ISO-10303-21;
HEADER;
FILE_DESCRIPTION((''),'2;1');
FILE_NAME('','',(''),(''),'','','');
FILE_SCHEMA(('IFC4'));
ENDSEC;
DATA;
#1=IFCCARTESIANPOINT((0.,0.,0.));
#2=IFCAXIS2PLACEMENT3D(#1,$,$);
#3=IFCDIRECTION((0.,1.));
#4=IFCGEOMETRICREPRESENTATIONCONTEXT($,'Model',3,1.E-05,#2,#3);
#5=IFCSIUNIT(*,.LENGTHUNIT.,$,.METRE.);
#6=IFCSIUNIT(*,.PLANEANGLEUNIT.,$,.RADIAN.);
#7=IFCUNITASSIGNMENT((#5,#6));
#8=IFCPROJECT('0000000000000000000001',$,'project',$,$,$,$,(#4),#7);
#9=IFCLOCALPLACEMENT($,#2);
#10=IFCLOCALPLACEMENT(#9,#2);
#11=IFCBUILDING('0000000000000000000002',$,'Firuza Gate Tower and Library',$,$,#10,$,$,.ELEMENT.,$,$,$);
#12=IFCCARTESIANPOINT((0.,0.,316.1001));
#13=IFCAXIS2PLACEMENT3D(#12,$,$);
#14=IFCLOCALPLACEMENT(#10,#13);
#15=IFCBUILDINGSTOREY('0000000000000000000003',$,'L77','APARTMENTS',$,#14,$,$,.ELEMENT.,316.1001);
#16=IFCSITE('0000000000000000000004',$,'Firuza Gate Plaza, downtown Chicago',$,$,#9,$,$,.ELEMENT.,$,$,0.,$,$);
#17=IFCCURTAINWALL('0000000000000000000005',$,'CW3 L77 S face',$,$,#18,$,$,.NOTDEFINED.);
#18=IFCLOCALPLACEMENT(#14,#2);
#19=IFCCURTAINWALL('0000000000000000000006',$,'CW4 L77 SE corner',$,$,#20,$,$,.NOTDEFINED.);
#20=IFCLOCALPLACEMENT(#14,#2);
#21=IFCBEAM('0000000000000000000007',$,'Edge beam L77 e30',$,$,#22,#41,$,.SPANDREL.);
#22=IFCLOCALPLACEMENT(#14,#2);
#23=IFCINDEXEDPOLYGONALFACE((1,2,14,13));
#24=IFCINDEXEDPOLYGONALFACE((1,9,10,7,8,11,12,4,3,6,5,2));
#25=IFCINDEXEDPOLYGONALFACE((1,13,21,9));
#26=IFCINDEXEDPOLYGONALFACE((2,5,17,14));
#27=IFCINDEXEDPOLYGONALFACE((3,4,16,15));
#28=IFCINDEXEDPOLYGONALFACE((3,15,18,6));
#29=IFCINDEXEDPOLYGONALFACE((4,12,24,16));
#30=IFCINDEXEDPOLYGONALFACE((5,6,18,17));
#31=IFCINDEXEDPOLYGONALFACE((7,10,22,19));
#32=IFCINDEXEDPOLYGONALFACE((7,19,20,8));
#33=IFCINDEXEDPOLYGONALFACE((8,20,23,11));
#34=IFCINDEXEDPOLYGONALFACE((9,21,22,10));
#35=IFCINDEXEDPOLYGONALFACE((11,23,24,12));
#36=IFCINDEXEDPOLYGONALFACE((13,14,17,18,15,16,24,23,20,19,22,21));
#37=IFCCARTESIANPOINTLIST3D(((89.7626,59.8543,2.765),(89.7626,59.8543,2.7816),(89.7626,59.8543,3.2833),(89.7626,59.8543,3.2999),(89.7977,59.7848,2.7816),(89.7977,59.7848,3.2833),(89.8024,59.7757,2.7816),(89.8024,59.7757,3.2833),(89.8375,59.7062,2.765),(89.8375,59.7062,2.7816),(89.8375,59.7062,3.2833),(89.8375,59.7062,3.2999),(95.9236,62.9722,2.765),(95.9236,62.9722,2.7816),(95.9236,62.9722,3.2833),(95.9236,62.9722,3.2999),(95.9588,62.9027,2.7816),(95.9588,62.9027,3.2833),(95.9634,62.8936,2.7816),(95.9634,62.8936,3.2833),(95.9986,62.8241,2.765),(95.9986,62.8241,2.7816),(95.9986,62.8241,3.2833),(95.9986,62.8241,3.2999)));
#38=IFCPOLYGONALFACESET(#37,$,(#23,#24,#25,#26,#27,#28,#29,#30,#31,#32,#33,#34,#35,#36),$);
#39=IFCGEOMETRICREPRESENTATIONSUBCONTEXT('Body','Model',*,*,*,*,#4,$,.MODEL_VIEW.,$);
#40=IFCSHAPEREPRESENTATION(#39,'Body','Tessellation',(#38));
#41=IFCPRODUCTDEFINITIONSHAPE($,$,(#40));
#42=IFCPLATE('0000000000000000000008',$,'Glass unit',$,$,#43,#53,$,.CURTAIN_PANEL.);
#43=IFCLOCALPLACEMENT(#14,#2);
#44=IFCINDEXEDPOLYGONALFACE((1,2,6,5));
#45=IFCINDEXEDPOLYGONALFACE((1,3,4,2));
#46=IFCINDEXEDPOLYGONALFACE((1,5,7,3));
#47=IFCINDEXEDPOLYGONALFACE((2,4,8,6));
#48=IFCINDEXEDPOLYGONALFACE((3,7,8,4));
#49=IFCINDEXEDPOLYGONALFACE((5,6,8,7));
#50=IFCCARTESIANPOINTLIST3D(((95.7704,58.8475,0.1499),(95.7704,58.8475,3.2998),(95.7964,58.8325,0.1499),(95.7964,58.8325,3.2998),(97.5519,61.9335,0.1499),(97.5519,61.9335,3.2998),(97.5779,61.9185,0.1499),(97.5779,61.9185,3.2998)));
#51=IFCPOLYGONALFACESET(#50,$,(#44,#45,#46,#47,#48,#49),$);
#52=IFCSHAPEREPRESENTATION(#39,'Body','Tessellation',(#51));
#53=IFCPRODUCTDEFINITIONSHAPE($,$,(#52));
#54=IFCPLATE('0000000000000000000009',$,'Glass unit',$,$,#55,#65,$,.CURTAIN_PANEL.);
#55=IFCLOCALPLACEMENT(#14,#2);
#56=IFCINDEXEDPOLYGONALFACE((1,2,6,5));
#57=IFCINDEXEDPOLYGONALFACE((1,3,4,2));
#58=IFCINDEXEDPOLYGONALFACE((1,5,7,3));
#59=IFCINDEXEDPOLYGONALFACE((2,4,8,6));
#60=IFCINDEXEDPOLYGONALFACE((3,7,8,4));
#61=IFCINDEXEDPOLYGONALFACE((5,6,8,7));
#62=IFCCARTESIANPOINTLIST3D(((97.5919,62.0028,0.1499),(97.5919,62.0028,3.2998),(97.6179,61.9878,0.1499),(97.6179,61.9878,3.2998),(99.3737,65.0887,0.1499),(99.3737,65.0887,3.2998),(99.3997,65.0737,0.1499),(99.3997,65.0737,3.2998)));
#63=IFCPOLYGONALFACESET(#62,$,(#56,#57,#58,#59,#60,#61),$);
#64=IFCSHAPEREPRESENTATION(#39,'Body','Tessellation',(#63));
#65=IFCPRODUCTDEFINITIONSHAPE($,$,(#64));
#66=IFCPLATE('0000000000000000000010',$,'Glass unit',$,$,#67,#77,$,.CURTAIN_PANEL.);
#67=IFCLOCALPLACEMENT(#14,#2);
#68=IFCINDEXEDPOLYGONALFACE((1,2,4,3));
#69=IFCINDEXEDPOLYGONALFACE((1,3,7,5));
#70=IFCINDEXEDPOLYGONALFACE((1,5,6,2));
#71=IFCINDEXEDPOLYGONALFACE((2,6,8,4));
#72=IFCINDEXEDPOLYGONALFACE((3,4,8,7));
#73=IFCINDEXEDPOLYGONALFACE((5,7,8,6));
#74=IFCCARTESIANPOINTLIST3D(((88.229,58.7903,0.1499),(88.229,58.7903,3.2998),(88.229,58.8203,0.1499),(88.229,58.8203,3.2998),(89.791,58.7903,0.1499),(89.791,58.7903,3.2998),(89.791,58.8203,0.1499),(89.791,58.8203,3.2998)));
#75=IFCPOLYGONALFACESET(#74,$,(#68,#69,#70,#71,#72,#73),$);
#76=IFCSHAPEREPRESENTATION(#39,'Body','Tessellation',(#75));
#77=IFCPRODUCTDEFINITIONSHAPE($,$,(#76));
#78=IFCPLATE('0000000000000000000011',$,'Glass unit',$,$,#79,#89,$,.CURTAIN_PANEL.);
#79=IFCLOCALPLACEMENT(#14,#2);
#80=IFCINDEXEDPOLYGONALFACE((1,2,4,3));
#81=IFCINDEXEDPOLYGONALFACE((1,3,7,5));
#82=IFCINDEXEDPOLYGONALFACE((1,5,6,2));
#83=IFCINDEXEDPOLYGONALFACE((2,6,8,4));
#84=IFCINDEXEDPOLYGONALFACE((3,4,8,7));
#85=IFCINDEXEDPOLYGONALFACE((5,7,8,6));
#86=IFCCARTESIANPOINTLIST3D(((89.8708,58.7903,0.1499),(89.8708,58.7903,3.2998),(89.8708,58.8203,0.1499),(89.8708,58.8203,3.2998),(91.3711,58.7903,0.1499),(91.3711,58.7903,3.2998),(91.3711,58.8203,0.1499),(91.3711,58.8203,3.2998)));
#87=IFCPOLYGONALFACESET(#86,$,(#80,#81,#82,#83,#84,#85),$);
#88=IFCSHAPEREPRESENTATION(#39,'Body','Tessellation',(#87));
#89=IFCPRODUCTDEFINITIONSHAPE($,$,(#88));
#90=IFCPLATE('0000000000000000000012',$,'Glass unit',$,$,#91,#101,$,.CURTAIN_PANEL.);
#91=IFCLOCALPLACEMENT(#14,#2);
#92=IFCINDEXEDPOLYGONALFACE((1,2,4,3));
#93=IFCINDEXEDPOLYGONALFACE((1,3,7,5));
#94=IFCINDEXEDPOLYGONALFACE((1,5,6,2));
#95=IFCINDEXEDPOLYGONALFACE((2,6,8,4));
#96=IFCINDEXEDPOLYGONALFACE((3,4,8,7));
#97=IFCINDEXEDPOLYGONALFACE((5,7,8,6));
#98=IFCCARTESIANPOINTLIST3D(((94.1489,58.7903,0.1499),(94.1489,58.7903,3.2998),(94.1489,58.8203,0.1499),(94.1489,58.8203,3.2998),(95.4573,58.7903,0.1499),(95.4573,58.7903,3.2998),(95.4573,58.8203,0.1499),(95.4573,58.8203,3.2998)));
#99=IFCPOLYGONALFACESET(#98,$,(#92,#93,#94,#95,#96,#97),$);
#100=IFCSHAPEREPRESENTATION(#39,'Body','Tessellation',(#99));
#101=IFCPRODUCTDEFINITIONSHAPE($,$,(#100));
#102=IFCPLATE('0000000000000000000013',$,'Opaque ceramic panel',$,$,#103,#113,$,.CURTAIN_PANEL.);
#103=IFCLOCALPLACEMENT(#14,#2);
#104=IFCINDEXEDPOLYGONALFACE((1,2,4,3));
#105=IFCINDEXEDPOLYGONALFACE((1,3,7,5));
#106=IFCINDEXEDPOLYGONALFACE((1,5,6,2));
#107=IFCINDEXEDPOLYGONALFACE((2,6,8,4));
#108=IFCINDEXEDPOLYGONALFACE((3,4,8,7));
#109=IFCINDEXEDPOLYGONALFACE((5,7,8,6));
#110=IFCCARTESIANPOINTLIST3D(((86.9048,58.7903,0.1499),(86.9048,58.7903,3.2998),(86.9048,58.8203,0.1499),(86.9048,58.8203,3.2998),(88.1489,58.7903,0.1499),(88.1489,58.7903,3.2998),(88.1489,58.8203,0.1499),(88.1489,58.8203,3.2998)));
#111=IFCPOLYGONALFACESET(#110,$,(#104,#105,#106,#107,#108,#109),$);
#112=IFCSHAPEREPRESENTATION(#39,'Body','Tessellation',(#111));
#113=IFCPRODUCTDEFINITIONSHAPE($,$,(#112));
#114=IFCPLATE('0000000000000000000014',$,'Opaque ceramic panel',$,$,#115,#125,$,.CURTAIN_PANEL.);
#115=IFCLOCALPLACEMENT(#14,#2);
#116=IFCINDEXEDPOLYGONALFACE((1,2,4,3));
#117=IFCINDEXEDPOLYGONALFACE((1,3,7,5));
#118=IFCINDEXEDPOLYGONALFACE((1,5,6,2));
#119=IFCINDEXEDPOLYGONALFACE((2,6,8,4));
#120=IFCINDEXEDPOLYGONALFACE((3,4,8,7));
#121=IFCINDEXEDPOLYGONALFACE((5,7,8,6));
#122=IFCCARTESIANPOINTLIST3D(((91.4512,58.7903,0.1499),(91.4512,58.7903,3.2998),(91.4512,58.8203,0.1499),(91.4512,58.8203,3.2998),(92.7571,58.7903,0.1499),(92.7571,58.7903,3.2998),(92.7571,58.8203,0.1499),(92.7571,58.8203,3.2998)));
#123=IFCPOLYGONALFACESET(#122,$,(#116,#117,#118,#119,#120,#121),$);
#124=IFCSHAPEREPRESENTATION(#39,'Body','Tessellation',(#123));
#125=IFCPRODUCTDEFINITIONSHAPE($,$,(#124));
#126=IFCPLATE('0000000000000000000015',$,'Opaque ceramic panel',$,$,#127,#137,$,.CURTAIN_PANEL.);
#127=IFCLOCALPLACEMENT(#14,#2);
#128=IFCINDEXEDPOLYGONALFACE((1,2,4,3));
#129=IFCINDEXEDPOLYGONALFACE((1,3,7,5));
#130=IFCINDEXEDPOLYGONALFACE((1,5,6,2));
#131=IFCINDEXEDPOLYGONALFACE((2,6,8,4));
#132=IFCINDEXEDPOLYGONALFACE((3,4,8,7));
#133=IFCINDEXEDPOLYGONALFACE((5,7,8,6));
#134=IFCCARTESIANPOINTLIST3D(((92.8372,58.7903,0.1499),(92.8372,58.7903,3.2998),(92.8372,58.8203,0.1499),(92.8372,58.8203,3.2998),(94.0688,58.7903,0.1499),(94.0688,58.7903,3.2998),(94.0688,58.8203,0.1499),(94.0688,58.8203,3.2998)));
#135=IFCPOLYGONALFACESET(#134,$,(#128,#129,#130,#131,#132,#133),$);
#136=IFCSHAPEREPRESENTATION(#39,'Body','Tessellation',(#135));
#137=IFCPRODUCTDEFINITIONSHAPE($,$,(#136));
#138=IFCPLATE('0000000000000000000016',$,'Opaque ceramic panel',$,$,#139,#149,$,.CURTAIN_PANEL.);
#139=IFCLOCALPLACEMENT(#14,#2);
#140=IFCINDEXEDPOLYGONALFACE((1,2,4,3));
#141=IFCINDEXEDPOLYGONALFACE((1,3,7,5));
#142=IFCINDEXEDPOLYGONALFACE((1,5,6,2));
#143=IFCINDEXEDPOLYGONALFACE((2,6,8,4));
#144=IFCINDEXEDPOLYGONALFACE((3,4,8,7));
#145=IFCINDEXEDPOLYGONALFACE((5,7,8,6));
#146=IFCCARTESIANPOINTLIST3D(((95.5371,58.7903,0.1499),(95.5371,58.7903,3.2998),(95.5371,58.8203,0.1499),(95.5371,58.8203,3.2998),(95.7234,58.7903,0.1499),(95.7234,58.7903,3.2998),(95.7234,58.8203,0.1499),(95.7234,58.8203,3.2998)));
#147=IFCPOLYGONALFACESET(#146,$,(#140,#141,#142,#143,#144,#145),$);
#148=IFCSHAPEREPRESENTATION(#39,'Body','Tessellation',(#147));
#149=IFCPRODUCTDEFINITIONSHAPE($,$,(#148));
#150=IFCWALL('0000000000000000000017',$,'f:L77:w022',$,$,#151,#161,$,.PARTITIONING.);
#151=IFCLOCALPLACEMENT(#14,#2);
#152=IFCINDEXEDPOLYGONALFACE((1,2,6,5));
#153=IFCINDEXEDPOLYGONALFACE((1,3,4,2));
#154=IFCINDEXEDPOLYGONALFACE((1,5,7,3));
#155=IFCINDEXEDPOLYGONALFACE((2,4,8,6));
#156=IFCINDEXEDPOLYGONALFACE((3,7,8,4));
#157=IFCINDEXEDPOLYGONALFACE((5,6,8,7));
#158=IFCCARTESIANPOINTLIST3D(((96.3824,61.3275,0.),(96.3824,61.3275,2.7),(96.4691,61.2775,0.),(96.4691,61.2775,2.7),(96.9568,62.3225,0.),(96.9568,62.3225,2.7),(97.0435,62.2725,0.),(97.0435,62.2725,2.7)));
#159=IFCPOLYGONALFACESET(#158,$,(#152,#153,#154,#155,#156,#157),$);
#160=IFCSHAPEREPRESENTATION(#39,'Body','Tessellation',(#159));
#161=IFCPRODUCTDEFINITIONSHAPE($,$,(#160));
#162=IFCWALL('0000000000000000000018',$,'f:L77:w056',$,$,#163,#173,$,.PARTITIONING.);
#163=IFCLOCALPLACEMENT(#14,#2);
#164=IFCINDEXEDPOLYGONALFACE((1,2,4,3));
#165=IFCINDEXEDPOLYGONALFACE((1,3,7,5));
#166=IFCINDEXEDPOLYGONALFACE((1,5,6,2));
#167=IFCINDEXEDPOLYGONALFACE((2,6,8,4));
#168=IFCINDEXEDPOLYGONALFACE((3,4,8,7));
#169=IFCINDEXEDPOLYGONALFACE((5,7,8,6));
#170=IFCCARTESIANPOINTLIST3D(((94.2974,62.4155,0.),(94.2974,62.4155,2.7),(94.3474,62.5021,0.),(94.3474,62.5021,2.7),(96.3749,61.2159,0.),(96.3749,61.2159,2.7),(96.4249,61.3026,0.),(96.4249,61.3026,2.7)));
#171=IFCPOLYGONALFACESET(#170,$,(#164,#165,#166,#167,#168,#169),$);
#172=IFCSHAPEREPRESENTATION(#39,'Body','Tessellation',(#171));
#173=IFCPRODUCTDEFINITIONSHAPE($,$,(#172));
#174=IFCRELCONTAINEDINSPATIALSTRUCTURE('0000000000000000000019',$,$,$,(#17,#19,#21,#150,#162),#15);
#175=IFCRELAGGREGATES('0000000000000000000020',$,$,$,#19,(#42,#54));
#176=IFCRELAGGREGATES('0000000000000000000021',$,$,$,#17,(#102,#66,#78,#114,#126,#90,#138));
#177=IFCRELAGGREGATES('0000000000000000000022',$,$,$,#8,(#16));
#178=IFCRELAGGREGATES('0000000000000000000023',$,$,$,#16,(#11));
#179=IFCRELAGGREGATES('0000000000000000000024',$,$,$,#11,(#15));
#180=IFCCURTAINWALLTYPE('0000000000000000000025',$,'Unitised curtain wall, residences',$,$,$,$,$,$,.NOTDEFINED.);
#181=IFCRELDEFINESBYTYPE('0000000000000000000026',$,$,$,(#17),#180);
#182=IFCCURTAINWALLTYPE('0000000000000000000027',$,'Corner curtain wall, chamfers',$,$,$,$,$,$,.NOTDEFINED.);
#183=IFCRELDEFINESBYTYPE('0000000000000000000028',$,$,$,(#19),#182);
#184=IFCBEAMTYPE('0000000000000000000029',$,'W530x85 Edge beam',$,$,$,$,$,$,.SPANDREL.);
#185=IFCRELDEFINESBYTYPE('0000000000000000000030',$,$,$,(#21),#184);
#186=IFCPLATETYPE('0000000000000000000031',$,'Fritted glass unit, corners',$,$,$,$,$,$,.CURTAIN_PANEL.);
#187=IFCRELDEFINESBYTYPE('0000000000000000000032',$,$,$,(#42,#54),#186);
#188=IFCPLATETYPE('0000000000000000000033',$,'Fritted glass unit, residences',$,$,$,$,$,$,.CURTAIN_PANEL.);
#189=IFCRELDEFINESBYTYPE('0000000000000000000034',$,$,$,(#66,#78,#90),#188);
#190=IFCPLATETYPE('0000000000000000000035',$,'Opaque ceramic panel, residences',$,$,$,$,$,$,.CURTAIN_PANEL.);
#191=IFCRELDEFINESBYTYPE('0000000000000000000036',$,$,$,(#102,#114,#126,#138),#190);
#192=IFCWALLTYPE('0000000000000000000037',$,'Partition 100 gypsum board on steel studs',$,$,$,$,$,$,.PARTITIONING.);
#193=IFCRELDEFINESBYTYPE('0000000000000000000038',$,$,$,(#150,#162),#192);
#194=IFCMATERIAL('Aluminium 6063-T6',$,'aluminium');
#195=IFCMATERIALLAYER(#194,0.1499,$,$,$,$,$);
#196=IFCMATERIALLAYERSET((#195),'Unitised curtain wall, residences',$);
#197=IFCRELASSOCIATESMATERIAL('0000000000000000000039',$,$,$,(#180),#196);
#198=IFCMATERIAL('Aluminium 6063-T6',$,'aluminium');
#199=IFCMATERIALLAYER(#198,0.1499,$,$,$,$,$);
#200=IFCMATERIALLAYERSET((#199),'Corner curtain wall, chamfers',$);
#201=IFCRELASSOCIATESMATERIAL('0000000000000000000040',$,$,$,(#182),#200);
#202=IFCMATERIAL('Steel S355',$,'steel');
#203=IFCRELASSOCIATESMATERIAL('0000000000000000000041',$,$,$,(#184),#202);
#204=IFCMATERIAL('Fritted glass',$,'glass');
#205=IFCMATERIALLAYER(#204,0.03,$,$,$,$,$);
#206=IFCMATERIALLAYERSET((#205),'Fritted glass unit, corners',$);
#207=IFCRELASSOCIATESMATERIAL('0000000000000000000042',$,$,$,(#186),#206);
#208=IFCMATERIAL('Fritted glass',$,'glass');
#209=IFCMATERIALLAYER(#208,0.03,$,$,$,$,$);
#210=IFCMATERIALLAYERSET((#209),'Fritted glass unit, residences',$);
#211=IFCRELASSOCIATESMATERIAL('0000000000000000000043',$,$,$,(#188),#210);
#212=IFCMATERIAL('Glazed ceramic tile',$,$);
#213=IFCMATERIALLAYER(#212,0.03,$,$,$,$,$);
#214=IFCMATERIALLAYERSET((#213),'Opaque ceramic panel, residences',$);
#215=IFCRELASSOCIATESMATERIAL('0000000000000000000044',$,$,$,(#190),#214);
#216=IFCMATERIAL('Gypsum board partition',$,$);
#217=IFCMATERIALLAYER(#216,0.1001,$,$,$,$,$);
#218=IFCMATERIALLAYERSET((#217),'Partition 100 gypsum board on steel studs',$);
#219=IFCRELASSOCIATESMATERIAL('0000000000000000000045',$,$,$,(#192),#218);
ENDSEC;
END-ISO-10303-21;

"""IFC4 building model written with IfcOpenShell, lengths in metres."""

from ifc_helpers import new_model, si_unit, direction, frame, frame_2d, origin, origin_2d, place, context, subcontext, project, spatial, polyline, rectangle, i_section, outline, extrude, material, layer, layer_set, material_profile, profile_set, type_object, element, aggregate, save


model = new_model("IFC4")

# Units and contexts
model_context = context("Model", 3, precision=1e-05, world=origin(), true_north=direction((0.0, 1.0)))
body_context = subcontext(model_context, "Body", "Model", "MODEL_VIEW")
ifc_project = project(units=[si_unit("LENGTHUNIT", "METRE"), si_unit("PLANEANGLEUNIT", "RADIAN")], contexts=[model_context])

# Site, building, storey
site_placement = place(None, origin())
site = spatial("IfcSite", under=ifc_project, at=site_placement, Name="Firuza Gate Plaza, downtown Chicago", CompositionType="ELEMENT", RefElevation=0.0)
building_placement = place(site_placement, origin())
building = spatial("IfcBuilding", under=site, at=building_placement, Name="Firuza Gate Tower and Library", CompositionType="ELEMENT")
storey_placement = place(building_placement, frame((0.0, 0.0, 316.1001)))
storey = spatial("IfcBuildingStorey", under=building, at=storey_placement, Name="L77", Description="APARTMENTS", CompositionType="ELEMENT", Elevation=316.1001)

# Curtain walls
ifc_material_1 = material(Name="Aluminium 6063-T6", Category="aluminium")
ifc_layer_1 = layer(ifc_material_1, 0.1499)
ifc_layer_set_1 = layer_set([ifc_layer_1], Name="Unitised curtain wall, residences")
curtain_wall_type_1 = type_object("IfcCurtainWallType", Name="Unitised curtain wall, residences", PredefinedType="NOTDEFINED", material=ifc_layer_set_1)
placement = place(storey_placement, origin())
curtain_wall_1 = element("IfcCurtainWall", 1, at=placement, inside=storey, type_object=curtain_wall_type_1, Name="CW3 L77 S face", PredefinedType="NOTDEFINED")
ifc_material_2 = material(Name="Aluminium 6063-T6", Category="aluminium")
ifc_layer_2 = layer(ifc_material_2, 0.1499)
ifc_layer_set_2 = layer_set([ifc_layer_2], Name="Corner curtain wall, chamfers")
curtain_wall_type_2 = type_object("IfcCurtainWallType", Name="Corner curtain wall, chamfers", PredefinedType="NOTDEFINED", material=ifc_layer_set_2)
curtain_wall_2 = element("IfcCurtainWall", 2, at=placement, inside=storey, type_object=curtain_wall_type_2, Name="CW4 L77 SE corner", PredefinedType="NOTDEFINED")

# Beam
ifc_material_3 = material(Name="Steel S355", Category="steel")
ifc_material_profile_1 = material_profile(ifc_material_3, i_section(OverallWidth=0.166, OverallDepth=0.5349, WebThickness=0.0103, FlangeThickness=0.0166, at=origin_2d()))
ifc_profile_set_1 = profile_set([ifc_material_profile_1], Name="Steel S355")
beam_type_1 = type_object("IfcBeamType", Name="W530x85 Edge beam", PredefinedType="SPANDREL", material=ifc_profile_set_1)
beam_1_placement = place(storey_placement, frame((89.8, 59.7803, 3.0325), z_axis=(0.892253, 0.451536, 0.0), x_axis=(-0.451536, 0.892253, 0.0)))
element("IfcBeam", 3, at=beam_1_placement, inside=storey, type_object=beam_type_1, Name="Edge beam L77 e30", PredefinedType="SPANDREL", context=body_context, shape_type="SweptSolid", body=[
    extrude(i_section(OverallWidth=0.166, OverallDepth=0.5349, WebThickness=0.0103, FlangeThickness=0.0166, at=origin_2d()), origin(), (0.0, 0.0, 1.0), 6.905),
])

# Plates
ifc_material_4 = material(Name="Fritted glass", Category="glass")
ifc_layer_3 = layer(ifc_material_4, 0.03)
ifc_layer_set_3 = layer_set([ifc_layer_3], Name="Fritted glass unit, corners")
plate_type_1 = type_object("IfcPlateType", Name="Fritted glass unit, corners", PredefinedType="CURTAIN_PANEL", material=ifc_layer_set_3)
plate_1_placement = place(storey_placement, frame((95.7964, 58.8325, 0.1499), z_axis=(0.866046, -0.499964, 0.0), x_axis=(0.499964, 0.866046, 0.0)))
plate_1 = element("IfcPlate", 4, at=plate_1_placement, type_object=plate_type_1, Name="Glass unit", PredefinedType="CURTAIN_PANEL", context=body_context, shape_type="SweptSolid", body=[
    extrude(outline(polyline([(0.0, 0.0), (3.5632, 0.0), (3.5632, 3.1499), (0.0, 3.1499), (0.0, 0.0)])), origin(), (0.0, 0.0, -1.0), 0.03),
])
plate_2_placement = place(storey_placement, frame((97.6179, 61.9878, 0.1499), z_axis=(0.866017, -0.500015, 0.0), x_axis=(0.500015, 0.866017, 0.0)))
plate_2 = element("IfcPlate", 5, at=plate_2_placement, type_object=plate_type_1, Name="Glass unit", PredefinedType="CURTAIN_PANEL", context=body_context, shape_type="SweptSolid", body=[
    extrude(outline(polyline([(0.0, 0.0), (3.5634, 0.0), (3.5634, 3.1499), (0.0, 3.1499), (0.0, 0.0)])), origin(), (0.0, 0.0, -1.0), 0.03),
])
aggregate(curtain_wall_2, [plate_1, plate_2])
ifc_material_5 = material(Name="Fritted glass", Category="glass")
ifc_layer_4 = layer(ifc_material_5, 0.03)
ifc_layer_set_4 = layer_set([ifc_layer_4], Name="Fritted glass unit, residences")
plate_type_2 = type_object("IfcPlateType", Name="Fritted glass unit, residences", PredefinedType="CURTAIN_PANEL", material=ifc_layer_set_4)
plate_3_placement = place(storey_placement, frame((88.229, 58.7903, 0.1499), z_axis=(0.0, -1.0, 0.0), x_axis=(1.0, 0.0, 0.0)))
plate_3 = element("IfcPlate", 6, at=plate_3_placement, type_object=plate_type_2, Name="Glass unit", PredefinedType="CURTAIN_PANEL", context=body_context, shape_type="SweptSolid", body=[
    extrude(outline(polyline([(0.0, 0.0), (1.562, 0.0), (1.562, 3.1499), (0.0, 3.1499), (0.0, 0.0)])), origin(), (0.0, 0.0, -1.0), 0.03),
])
plate_4_placement = place(storey_placement, frame((89.8708, 58.7903, 0.1499), z_axis=(0.0, -1.0, 0.0), x_axis=(1.0, 0.0, 0.0)))
plate_4 = element("IfcPlate", 7, at=plate_4_placement, type_object=plate_type_2, Name="Glass unit", PredefinedType="CURTAIN_PANEL", context=body_context, shape_type="SweptSolid", body=[
    extrude(outline(polyline([(0.0, 0.0), (1.5002, 0.0), (1.5002, 3.1499), (0.0, 3.1499), (0.0, 0.0)])), origin(), (0.0, 0.0, -1.0), 0.03),
])
plate_5_placement = place(storey_placement, frame((94.1489, 58.7903, 0.1499), z_axis=(0.0, -1.0, 0.0), x_axis=(1.0, 0.0, 0.0)))
plate_5 = element("IfcPlate", 8, at=plate_5_placement, type_object=plate_type_2, Name="Glass unit", PredefinedType="CURTAIN_PANEL", context=body_context, shape_type="SweptSolid", body=[
    extrude(outline(polyline([(0.0, 0.0), (1.3083, 0.0), (1.3083, 3.1499), (0.0, 3.1499), (0.0, 0.0)])), origin(), (0.0, 0.0, -1.0), 0.03),
])
ifc_material_6 = material(Name="Glazed ceramic tile")
ifc_layer_5 = layer(ifc_material_6, 0.03)
ifc_layer_set_5 = layer_set([ifc_layer_5], Name="Opaque ceramic panel, residences")
plate_type_3 = type_object("IfcPlateType", Name="Opaque ceramic panel, residences", PredefinedType="CURTAIN_PANEL", material=ifc_layer_set_5)
plate_6_placement = place(storey_placement, frame((86.9048, 58.7903, 0.1499), z_axis=(0.0, -1.0, 0.0), x_axis=(1.0, 0.0, 0.0)))
plate_6 = element("IfcPlate", 9, at=plate_6_placement, type_object=plate_type_3, Name="Opaque ceramic panel", PredefinedType="CURTAIN_PANEL", context=body_context, shape_type="SweptSolid", body=[
    extrude(outline(polyline([(0.0, 0.0), (1.2441, 0.0), (1.2441, 3.1499), (0.0, 3.1499), (0.0, 0.0)])), origin(), (0.0, 0.0, -1.0), 0.03),
])
plate_7_placement = place(storey_placement, frame((91.4512, 58.7903, 0.1499), z_axis=(0.0, -1.0, 0.0), x_axis=(1.0, 0.0, 0.0)))
plate_7 = element("IfcPlate", 10, at=plate_7_placement, type_object=plate_type_3, Name="Opaque ceramic panel", PredefinedType="CURTAIN_PANEL", context=body_context, shape_type="SweptSolid", body=[
    extrude(outline(polyline([(0.0, 0.0), (1.3059, 0.0), (1.3059, 3.1499), (0.0, 3.1499), (0.0, 0.0)])), origin(), (0.0, 0.0, -1.0), 0.03),
])
plate_8_placement = place(storey_placement, frame((92.8372, 58.7903, 0.1499), z_axis=(0.0, -1.0, 0.0), x_axis=(1.0, 0.0, 0.0)))
plate_8 = element("IfcPlate", 11, at=plate_8_placement, type_object=plate_type_3, Name="Opaque ceramic panel", PredefinedType="CURTAIN_PANEL", context=body_context, shape_type="SweptSolid", body=[
    extrude(outline(polyline([(0.0, 0.0), (1.2317, 0.0), (1.2317, 3.1499), (0.0, 3.1499), (0.0, 0.0)])), origin(), (0.0, 0.0, -1.0), 0.03),
])
plate_9_placement = place(storey_placement, frame((95.5371, 58.7903, 0.1499), z_axis=(0.0, -1.0, 0.0), x_axis=(1.0, 0.0, 0.0)))
plate_9 = element("IfcPlate", 12, at=plate_9_placement, type_object=plate_type_3, Name="Opaque ceramic panel", PredefinedType="CURTAIN_PANEL", context=body_context, shape_type="SweptSolid", body=[
    extrude(outline(polyline([(0.0, 0.0), (0.1863, 0.0), (0.1863, 3.1499), (0.0, 3.1499), (0.0, 0.0)])), origin(), (0.0, 0.0, -1.0), 0.03),
])
aggregate(curtain_wall_1, [plate_6, plate_3, plate_4, plate_7, plate_8, plate_5, plate_9])

# Walls
ifc_material_7 = material(Name="Gypsum board partition")
ifc_layer_6 = layer(ifc_material_7, 0.1001)
ifc_layer_set_6 = layer_set([ifc_layer_6], Name="Partition 100 gypsum board on steel studs")
wall_type_1 = type_object("IfcWallType", Name="Partition 100 gypsum board on steel studs", PredefinedType="PARTITIONING", material=ifc_layer_set_6)
wall_1_placement = place(storey_placement, frame((96.4258, 61.3025, 0.0), z_axis=(0.0, 0.0, 1.0), x_axis=(0.499955, 0.866051, 0.0)))
element("IfcWall", 13, at=wall_1_placement, inside=storey, type_object=wall_type_1, Name="f:L77:w022", PredefinedType="PARTITIONING", context=body_context, shape_type="SweptSolid", body=[
    extrude(rectangle(XDim=1.1489, YDim=0.1001, at=frame_2d((0.5745, 0.0))), origin(), (0.0, 0.0, 1.0), 2.7),
])
wall_2_placement = place(storey_placement, frame((96.3999, 61.2593, 0.0), z_axis=(0.0, 0.0, 1.0), x_axis=(-0.866011, 0.500025, 0.0)))
element("IfcWall", 14, at=wall_2_placement, inside=storey, type_object=wall_type_1, Name="f:L77:w056", PredefinedType="PARTITIONING", context=body_context, shape_type="SweptSolid", body=[
    extrude(rectangle(XDim=2.3989, YDim=0.1001, at=frame_2d((1.1995, 0.0))), origin(), (0.0, 0.0, 1.0), 2.7),
])

save(model, "model.ifc")
